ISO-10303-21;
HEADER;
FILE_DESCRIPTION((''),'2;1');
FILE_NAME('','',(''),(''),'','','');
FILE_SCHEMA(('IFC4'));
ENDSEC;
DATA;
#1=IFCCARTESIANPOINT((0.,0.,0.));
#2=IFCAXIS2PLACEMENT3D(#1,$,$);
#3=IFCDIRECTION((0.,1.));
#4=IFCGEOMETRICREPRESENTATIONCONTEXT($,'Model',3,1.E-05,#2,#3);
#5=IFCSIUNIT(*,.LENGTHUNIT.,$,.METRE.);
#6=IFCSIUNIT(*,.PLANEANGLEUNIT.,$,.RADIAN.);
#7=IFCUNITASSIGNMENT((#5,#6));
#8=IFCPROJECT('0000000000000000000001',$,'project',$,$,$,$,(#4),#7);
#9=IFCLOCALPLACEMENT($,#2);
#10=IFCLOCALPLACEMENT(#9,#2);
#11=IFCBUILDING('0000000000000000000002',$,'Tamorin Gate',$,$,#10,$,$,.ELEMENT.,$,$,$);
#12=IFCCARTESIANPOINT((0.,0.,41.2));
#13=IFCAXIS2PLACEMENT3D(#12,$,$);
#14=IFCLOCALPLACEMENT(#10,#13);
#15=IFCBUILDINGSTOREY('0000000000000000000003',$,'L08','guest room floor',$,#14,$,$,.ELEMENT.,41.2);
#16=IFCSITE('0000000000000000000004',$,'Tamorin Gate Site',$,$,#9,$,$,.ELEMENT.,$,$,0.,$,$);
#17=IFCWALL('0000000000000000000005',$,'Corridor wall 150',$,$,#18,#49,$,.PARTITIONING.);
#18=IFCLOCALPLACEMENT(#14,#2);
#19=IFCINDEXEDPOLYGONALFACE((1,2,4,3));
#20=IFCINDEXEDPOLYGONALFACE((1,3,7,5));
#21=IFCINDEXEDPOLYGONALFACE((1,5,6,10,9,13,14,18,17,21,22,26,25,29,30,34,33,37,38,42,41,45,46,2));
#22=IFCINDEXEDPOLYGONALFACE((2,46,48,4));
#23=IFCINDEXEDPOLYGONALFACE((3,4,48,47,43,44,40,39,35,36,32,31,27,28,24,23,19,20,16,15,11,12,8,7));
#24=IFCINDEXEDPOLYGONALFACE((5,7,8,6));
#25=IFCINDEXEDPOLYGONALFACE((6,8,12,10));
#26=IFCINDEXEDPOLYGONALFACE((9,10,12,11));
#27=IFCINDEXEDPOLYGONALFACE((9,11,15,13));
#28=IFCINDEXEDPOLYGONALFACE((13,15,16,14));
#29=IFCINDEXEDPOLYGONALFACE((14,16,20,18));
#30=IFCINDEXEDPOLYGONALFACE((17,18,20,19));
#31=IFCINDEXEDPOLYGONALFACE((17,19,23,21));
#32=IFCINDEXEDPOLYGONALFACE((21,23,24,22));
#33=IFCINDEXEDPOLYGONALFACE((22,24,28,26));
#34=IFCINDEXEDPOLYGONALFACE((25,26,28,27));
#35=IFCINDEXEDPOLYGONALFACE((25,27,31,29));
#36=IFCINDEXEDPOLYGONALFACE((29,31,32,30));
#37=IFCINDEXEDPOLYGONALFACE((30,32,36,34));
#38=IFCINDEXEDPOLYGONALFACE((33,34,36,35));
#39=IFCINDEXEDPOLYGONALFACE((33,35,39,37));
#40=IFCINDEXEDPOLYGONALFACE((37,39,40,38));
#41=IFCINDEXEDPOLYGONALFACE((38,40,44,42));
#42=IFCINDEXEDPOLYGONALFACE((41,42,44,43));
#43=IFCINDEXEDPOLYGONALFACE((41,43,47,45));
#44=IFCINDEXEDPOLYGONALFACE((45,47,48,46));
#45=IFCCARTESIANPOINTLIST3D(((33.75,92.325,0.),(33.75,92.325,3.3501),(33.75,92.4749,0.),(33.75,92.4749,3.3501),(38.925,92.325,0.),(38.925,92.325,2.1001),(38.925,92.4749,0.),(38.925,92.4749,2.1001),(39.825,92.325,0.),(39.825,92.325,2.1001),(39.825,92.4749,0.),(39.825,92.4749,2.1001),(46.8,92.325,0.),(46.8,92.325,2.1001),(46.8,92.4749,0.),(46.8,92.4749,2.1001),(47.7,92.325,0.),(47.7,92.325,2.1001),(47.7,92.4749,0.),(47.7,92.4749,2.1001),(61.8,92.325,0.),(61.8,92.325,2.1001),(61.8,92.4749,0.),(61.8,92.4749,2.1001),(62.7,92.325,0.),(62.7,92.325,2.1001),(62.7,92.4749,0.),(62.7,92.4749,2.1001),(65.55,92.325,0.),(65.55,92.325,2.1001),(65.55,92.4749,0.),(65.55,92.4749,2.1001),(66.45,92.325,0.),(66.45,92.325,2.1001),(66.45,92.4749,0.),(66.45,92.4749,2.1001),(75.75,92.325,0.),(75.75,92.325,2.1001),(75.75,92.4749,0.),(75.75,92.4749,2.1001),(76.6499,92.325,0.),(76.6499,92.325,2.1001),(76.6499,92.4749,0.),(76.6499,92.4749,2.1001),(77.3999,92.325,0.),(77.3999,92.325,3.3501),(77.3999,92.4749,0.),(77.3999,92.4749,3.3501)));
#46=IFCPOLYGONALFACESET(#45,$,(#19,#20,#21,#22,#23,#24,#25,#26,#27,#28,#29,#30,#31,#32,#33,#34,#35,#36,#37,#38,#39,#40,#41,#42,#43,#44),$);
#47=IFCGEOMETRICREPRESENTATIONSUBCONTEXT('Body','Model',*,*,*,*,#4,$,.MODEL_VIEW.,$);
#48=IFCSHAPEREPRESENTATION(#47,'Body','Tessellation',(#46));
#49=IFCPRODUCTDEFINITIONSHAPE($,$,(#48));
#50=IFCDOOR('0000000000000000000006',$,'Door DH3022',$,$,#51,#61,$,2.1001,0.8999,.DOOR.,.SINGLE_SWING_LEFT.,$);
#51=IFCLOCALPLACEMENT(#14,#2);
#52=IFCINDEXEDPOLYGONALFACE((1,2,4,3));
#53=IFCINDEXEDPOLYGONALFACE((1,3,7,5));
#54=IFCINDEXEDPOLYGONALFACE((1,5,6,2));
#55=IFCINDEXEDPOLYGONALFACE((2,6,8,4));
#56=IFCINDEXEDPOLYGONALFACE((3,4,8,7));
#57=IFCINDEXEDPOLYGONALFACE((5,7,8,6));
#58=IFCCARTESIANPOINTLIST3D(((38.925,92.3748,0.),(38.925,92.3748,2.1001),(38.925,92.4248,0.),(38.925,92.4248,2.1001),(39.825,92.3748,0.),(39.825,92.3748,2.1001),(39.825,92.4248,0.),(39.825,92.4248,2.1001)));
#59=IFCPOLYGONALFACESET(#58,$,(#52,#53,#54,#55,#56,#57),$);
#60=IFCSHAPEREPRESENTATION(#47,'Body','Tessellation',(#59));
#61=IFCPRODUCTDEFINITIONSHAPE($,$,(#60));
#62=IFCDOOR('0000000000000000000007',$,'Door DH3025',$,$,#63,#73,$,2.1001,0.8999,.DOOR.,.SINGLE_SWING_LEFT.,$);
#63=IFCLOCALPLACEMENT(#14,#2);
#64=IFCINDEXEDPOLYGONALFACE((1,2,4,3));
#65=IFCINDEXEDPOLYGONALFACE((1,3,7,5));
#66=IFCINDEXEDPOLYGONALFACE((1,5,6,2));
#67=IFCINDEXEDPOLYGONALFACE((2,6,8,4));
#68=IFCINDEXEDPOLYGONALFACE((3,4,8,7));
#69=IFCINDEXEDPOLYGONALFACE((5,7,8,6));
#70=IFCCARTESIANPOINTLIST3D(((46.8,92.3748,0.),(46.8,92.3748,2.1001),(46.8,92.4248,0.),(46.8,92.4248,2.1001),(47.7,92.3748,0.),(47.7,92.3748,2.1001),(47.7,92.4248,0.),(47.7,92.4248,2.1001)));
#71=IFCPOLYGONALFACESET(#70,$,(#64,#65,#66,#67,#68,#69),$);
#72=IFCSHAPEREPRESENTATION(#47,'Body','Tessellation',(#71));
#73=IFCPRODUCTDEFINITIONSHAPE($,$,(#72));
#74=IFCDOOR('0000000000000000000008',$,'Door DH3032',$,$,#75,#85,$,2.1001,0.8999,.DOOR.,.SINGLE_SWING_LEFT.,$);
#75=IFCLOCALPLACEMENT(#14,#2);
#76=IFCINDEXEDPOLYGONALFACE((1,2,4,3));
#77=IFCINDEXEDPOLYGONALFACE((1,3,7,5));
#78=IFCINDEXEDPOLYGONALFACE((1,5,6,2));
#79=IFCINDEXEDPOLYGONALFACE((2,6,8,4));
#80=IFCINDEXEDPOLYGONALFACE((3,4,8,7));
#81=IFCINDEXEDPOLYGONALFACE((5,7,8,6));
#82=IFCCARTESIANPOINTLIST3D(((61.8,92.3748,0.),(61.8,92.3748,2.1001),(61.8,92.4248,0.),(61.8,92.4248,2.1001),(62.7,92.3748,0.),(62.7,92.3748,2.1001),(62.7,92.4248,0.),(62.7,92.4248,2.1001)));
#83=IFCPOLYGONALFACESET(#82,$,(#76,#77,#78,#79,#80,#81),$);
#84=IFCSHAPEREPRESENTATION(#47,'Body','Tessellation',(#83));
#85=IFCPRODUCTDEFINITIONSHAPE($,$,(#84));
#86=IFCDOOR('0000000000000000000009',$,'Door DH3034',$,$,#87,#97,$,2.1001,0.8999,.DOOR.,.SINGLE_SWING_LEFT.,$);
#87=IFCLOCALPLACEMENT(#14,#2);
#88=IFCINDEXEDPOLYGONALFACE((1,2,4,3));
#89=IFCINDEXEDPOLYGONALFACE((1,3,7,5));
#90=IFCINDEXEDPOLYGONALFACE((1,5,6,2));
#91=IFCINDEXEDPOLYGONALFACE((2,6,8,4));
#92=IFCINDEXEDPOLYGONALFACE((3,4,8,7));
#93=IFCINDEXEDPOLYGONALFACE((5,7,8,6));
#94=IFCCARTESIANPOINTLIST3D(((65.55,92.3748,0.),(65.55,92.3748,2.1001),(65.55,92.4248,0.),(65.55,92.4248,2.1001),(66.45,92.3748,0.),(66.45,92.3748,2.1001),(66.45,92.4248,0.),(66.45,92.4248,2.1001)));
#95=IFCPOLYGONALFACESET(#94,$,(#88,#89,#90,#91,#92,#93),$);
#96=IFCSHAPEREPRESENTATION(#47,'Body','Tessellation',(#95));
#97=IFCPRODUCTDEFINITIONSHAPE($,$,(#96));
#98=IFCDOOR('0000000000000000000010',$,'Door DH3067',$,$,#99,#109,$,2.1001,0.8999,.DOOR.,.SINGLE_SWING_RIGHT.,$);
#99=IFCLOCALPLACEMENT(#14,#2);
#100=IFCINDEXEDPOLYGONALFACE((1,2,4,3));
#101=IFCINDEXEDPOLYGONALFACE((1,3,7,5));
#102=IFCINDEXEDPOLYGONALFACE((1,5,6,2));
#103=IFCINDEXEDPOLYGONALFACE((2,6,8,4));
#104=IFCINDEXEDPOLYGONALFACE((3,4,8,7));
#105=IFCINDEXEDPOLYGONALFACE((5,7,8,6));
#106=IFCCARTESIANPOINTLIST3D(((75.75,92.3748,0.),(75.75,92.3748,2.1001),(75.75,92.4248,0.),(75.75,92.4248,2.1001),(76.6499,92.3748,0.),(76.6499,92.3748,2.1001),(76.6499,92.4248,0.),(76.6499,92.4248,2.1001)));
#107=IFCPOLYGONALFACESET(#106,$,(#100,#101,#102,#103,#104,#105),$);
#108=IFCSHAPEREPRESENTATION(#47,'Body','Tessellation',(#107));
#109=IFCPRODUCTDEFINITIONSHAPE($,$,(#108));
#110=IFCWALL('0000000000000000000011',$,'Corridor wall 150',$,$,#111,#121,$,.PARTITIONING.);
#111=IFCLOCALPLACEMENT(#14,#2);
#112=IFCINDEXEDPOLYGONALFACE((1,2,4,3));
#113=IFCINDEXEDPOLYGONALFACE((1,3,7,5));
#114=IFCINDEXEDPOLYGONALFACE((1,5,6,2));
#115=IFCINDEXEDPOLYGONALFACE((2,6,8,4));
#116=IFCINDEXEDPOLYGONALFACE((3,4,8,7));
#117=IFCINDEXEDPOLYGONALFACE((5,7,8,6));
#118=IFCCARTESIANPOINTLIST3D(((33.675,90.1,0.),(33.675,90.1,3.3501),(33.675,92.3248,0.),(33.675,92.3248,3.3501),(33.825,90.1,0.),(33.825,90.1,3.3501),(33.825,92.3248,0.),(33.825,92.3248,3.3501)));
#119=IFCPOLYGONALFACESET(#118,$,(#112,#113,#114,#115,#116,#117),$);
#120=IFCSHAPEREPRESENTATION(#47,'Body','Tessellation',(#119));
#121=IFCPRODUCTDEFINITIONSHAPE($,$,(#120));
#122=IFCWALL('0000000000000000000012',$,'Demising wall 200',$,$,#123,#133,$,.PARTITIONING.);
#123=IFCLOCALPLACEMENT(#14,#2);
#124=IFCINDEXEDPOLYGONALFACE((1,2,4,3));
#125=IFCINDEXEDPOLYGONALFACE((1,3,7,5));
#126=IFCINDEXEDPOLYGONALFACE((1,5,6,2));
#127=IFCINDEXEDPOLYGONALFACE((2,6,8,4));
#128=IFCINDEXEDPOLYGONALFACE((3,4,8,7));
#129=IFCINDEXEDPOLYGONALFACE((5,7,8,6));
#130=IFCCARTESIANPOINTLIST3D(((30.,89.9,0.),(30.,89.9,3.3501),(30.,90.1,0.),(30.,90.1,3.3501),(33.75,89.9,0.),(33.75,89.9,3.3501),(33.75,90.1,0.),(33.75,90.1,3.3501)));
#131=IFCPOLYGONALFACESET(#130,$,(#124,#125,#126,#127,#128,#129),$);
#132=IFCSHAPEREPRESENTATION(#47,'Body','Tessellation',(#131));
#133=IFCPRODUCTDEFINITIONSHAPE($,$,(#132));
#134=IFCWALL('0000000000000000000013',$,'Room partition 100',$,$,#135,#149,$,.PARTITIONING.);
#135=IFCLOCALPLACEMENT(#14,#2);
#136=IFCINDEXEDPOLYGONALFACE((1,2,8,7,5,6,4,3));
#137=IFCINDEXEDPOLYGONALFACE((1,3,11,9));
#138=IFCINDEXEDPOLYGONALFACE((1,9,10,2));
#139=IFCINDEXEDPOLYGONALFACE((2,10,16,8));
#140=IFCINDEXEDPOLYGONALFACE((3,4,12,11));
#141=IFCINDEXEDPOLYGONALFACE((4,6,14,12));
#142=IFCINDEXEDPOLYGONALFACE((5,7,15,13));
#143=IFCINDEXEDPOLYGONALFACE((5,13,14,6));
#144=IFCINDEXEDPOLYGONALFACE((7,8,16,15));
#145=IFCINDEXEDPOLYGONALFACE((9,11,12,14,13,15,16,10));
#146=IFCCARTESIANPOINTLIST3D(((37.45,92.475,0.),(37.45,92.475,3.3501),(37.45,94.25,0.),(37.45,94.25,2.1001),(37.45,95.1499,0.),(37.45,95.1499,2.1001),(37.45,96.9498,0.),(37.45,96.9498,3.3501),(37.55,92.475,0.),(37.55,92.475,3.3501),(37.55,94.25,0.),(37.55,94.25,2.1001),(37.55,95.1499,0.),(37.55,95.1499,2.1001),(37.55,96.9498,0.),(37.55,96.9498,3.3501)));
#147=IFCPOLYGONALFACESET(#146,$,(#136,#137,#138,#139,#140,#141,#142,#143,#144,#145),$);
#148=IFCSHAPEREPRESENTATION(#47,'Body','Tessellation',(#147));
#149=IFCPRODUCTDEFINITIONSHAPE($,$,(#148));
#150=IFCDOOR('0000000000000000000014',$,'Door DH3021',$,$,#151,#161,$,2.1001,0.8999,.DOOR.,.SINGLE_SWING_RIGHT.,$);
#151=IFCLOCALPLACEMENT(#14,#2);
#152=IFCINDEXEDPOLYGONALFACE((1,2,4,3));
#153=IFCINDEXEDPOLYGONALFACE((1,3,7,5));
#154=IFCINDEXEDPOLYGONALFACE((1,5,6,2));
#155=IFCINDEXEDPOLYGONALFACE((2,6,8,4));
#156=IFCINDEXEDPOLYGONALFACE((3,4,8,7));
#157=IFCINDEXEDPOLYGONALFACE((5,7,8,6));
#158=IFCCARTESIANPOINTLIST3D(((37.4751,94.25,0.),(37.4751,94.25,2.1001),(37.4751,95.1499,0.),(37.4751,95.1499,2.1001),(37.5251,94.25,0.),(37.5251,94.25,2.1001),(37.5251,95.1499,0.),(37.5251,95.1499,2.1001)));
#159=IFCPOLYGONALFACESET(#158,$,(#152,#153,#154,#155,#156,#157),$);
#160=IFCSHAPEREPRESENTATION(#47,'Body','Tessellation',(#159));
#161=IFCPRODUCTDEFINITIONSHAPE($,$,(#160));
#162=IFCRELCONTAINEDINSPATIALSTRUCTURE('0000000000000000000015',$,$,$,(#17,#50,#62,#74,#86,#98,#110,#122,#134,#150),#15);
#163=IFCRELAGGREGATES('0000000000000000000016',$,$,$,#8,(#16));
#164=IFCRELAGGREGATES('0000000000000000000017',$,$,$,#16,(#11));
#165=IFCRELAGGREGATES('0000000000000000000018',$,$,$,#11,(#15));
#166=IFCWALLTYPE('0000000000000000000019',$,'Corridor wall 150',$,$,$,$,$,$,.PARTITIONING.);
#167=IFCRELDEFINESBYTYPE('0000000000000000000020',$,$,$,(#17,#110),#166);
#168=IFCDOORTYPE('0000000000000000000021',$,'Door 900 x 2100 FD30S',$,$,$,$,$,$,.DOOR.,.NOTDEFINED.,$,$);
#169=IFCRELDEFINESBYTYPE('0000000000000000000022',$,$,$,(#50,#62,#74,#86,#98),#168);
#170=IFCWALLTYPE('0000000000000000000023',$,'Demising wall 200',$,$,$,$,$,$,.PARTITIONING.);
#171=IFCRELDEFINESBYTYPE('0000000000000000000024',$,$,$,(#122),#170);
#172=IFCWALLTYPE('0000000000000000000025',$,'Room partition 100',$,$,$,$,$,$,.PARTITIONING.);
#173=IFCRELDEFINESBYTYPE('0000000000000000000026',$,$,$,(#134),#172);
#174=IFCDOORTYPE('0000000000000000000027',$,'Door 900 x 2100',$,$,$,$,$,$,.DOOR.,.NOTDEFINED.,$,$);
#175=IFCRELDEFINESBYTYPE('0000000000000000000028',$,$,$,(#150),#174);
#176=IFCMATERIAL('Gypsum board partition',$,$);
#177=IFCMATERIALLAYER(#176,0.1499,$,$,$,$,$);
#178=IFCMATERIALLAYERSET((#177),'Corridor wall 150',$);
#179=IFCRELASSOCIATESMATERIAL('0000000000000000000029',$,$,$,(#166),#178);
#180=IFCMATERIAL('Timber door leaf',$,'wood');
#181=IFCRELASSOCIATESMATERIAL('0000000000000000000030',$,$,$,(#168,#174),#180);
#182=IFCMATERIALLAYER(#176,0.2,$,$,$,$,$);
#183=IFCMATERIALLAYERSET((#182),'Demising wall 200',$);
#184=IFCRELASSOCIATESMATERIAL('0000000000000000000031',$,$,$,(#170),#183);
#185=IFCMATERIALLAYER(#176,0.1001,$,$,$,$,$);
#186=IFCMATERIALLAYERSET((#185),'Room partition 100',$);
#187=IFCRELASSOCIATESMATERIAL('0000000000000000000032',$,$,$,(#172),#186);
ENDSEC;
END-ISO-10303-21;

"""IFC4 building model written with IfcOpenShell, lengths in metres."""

from ifc_helpers import new_model, si_unit, direction, frame, frame_2d, origin, place, context, subcontext, project, spatial, rectangle, extrude, material, layer, layer_set, type_object, element, fill, save


model = new_model("IFC4")

# Units and contexts
model_context = context("Model", 3, precision=1e-05, world=origin(), true_north=direction((0.0, 1.0)))
body_context = subcontext(model_context, "Body", "Model", "MODEL_VIEW")
ifc_project = project(units=[si_unit("LENGTHUNIT", "METRE"), si_unit("PLANEANGLEUNIT", "RADIAN")], contexts=[model_context])

# Site, building, storey
site_placement = place(None, origin())
site = spatial("IfcSite", under=ifc_project, at=site_placement, Name="Tamorin Gate Site", CompositionType="ELEMENT", RefElevation=0.0)
building_placement = place(site_placement, origin())
building = spatial("IfcBuilding", under=site, at=building_placement, Name="Tamorin Gate", CompositionType="ELEMENT")
storey_placement = place(building_placement, frame((0.0, 0.0, 41.2)))
storey = spatial("IfcBuildingStorey", under=building, at=storey_placement, Name="L08", Description="guest room floor", CompositionType="ELEMENT", Elevation=41.2)

# Wall, openings, doors
ifc_material_1 = material(Name="Gypsum board partition")
ifc_layer_1 = layer(ifc_material_1, 0.1499)
ifc_layer_set_1 = layer_set([ifc_layer_1], Name="Corridor wall 150")
wall_type_1 = type_object("IfcWallType", Name="Corridor wall 150", PredefinedType="PARTITIONING", material=ifc_layer_set_1)
ifc_material_2 = material(Name="Timber door leaf", Category="wood")
door_type_1 = type_object("IfcDoorType", Name="Door 900 x 2100 FD30S", OperationType="NOTDEFINED", PredefinedType="DOOR", material=ifc_material_2)
wall_1_placement = place(storey_placement, frame((33.75, 92.3999, 0.0), z_axis=(0.0, 0.0, 1.0), x_axis=(1.0, 0.0, 0.0)))
wall_1 = element("IfcWall", 1, at=wall_1_placement, inside=storey, type_object=wall_type_1, Name="Corridor wall 150", PredefinedType="PARTITIONING", context=body_context, shape_type="SweptSolid", body=[
    extrude(rectangle(XDim=43.6499, YDim=0.1499, at=frame_2d((21.825, 0.0))), origin(), (0.0, 0.0, 1.0), 3.3501),
])
opening_1_placement = place(wall_1_placement, frame((5.175, 0.0, 0.0)))
opening_1 = element("IfcOpeningElement", 2, at=opening_1_placement, cuts=wall_1, PredefinedType="OPENING", context=body_context, shape_type="SweptSolid", body=[
    extrude(rectangle(XDim=0.8999, YDim=2.1001, at=frame_2d((0.45, 1.05))), frame((0.0, 0.085, 0.0), z_axis=(0.0, -1.0, 0.0), x_axis=(1.0, 0.0, 0.0)), (0.0, 0.0, 1.0), 0.1699),
])
opening_2_placement = place(wall_1_placement, frame((13.05, 0.0, 0.0)))
opening_2 = element("IfcOpeningElement", 3, at=opening_2_placement, cuts=wall_1, PredefinedType="OPENING", context=body_context, shape_type="SweptSolid", body=[
    extrude(rectangle(XDim=0.8999, YDim=2.1001, at=frame_2d((0.45, 1.05))), frame((0.0, 0.085, 0.0), z_axis=(0.0, -1.0, 0.0), x_axis=(1.0, 0.0, 0.0)), (0.0, 0.0, 1.0), 0.1699),
])
opening_3_placement = place(wall_1_placement, frame((28.05, 0.0, 0.0)))
opening_3 = element("IfcOpeningElement", 4, at=opening_3_placement, cuts=wall_1, PredefinedType="OPENING", context=body_context, shape_type="SweptSolid", body=[
    extrude(rectangle(XDim=0.8999, YDim=2.1001, at=frame_2d((0.45, 1.05))), frame((0.0, 0.085, 0.0), z_axis=(0.0, -1.0, 0.0), x_axis=(1.0, 0.0, 0.0)), (0.0, 0.0, 1.0), 0.1699),
])
opening_4_placement = place(wall_1_placement, frame((31.8, 0.0, 0.0)))
opening_4 = element("IfcOpeningElement", 5, at=opening_4_placement, cuts=wall_1, PredefinedType="OPENING", context=body_context, shape_type="SweptSolid", body=[
    extrude(rectangle(XDim=0.8999, YDim=2.1001, at=frame_2d((0.45, 1.05))), frame((0.0, 0.085, 0.0), z_axis=(0.0, -1.0, 0.0), x_axis=(1.0, 0.0, 0.0)), (0.0, 0.0, 1.0), 0.1699),
])
opening_5_placement = place(wall_1_placement, frame((42.0, 0.0, 0.0)))
opening_5 = element("IfcOpeningElement", 6, at=opening_5_placement, cuts=wall_1, PredefinedType="OPENING", context=body_context, shape_type="SweptSolid", body=[
    extrude(rectangle(XDim=0.8999, YDim=2.1001, at=frame_2d((0.45, 1.05))), frame((0.0, 0.085, 0.0), z_axis=(0.0, -1.0, 0.0), x_axis=(1.0, 0.0, 0.0)), (0.0, 0.0, 1.0), 0.1699),
])
door_1_placement = place(opening_1_placement, origin())
door_1 = element("IfcDoor", 7, at=door_1_placement, inside=storey, type_object=door_type_1, Name="Door DH3022", OperationType="SINGLE_SWING_LEFT", OverallHeight=2.1001, OverallWidth=0.8999, PredefinedType="DOOR", context=body_context, shape_type="SweptSolid", body=[
    extrude(rectangle(XDim=0.8999, YDim=2.1001, at=frame_2d((0.45, 1.05))), frame((0.0, 0.0249, 0.0), z_axis=(0.0, -1.0, 0.0), x_axis=(1.0, 0.0, 0.0)), (0.0, 0.0, 1.0), 0.05),
])
fill(opening_1, door_1)
door_2_placement = place(opening_2_placement, origin())
door_2 = element("IfcDoor", 8, at=door_2_placement, inside=storey, type_object=door_type_1, Name="Door DH3025", OperationType="SINGLE_SWING_LEFT", OverallHeight=2.1001, OverallWidth=0.8999, PredefinedType="DOOR", context=body_context, shape_type="SweptSolid", body=[
    extrude(rectangle(XDim=0.8999, YDim=2.1001, at=frame_2d((0.45, 1.05))), frame((0.0, 0.0249, 0.0), z_axis=(0.0, -1.0, 0.0), x_axis=(1.0, 0.0, 0.0)), (0.0, 0.0, 1.0), 0.05),
])
fill(opening_2, door_2)
door_3_placement = place(opening_3_placement, origin())
door_3 = element("IfcDoor", 9, at=door_3_placement, inside=storey, type_object=door_type_1, Name="Door DH3032", OperationType="SINGLE_SWING_LEFT", OverallHeight=2.1001, OverallWidth=0.8999, PredefinedType="DOOR", context=body_context, shape_type="SweptSolid", body=[
    extrude(rectangle(XDim=0.8999, YDim=2.1001, at=frame_2d((0.45, 1.05))), frame((0.0, 0.0249, 0.0), z_axis=(0.0, -1.0, 0.0), x_axis=(1.0, 0.0, 0.0)), (0.0, 0.0, 1.0), 0.05),
])
fill(opening_3, door_3)
door_4_placement = place(opening_4_placement, origin())
door_4 = element("IfcDoor", 10, at=door_4_placement, inside=storey, type_object=door_type_1, Name="Door DH3034", OperationType="SINGLE_SWING_LEFT", OverallHeight=2.1001, OverallWidth=0.8999, PredefinedType="DOOR", context=body_context, shape_type="SweptSolid", body=[
    extrude(rectangle(XDim=0.8999, YDim=2.1001, at=frame_2d((0.45, 1.05))), frame((0.0, 0.0249, 0.0), z_axis=(0.0, -1.0, 0.0), x_axis=(1.0, 0.0, 0.0)), (0.0, 0.0, 1.0), 0.05),
])
fill(opening_4, door_4)
door_5_placement = place(opening_5_placement, origin())
door_5 = element("IfcDoor", 11, at=door_5_placement, inside=storey, type_object=door_type_1, Name="Door DH3067", OperationType="SINGLE_SWING_RIGHT", OverallHeight=2.1001, OverallWidth=0.8999, PredefinedType="DOOR", context=body_context, shape_type="SweptSolid", body=[
    extrude(rectangle(XDim=0.8999, YDim=2.1001, at=frame_2d((0.45, 1.05))), frame((0.0, 0.0249, 0.0), z_axis=(0.0, -1.0, 0.0), x_axis=(1.0, 0.0, 0.0)), (0.0, 0.0, 1.0), 0.05),
])
fill(opening_5, door_5)

# Walls
wall_2_placement = place(storey_placement, frame((33.75, 90.1001, 0.0), z_axis=(0.0, 0.0, 1.0), x_axis=(0.0, 1.0, 0.0)))
element("IfcWall", 12, at=wall_2_placement, inside=storey, type_object=wall_type_1, Name="Corridor wall 150", PredefinedType="PARTITIONING", context=body_context, shape_type="SweptSolid", body=[
    extrude(rectangle(XDim=2.2249, YDim=0.1499, at=frame_2d((1.1123, 0.0))), origin(), (0.0, 0.0, 1.0), 3.3501),
])
ifc_layer_2 = layer(ifc_material_1, 0.2)
ifc_layer_set_2 = layer_set([ifc_layer_2], Name="Demising wall 200")
wall_type_2 = type_object("IfcWallType", Name="Demising wall 200", PredefinedType="PARTITIONING", material=ifc_layer_set_2)
wall_3_placement = place(storey_placement, frame((30.0, 90.0, 0.0), z_axis=(0.0, 0.0, 1.0), x_axis=(1.0, 0.0, 0.0)))
element("IfcWall", 13, at=wall_3_placement, inside=storey, type_object=wall_type_2, Name="Demising wall 200", PredefinedType="PARTITIONING", context=body_context, shape_type="SweptSolid", body=[
    extrude(rectangle(XDim=3.75, YDim=0.2, at=frame_2d((1.875, 0.0))), origin(), (0.0, 0.0, 1.0), 3.3501),
])

# Wall, opening, door
ifc_layer_3 = layer(ifc_material_1, 0.1001)
ifc_layer_set_3 = layer_set([ifc_layer_3], Name="Room partition 100")
wall_type_3 = type_object("IfcWallType", Name="Room partition 100", PredefinedType="PARTITIONING", material=ifc_layer_set_3)
wall_4_placement = place(storey_placement, frame((37.5, 92.4751, 0.0), z_axis=(0.0, 0.0, 1.0), x_axis=(0.0, 1.0, 0.0)))
wall_4 = element("IfcWall", 14, at=wall_4_placement, inside=storey, type_object=wall_type_3, Name="Room partition 100", PredefinedType="PARTITIONING", context=body_context, shape_type="SweptSolid", body=[
    extrude(rectangle(XDim=4.4749, YDim=0.1001, at=frame_2d((2.2373, 0.0))), origin(), (0.0, 0.0, 1.0), 3.3501),
])
opening_6_placement = place(wall_4_placement, frame((1.7749, 0.0, 0.0)))
opening_6 = element("IfcOpeningElement", 15, at=opening_6_placement, cuts=wall_4, PredefinedType="OPENING", context=body_context, shape_type="SweptSolid", body=[
    extrude(rectangle(XDim=0.8999, YDim=2.1001, at=frame_2d((0.45, 1.05))), frame((0.0, 0.0601, 0.0), z_axis=(0.0, -1.0, 0.0), x_axis=(1.0, 0.0, 0.0)), (0.0, 0.0, 1.0), 0.1201),
])
door_type_2 = type_object("IfcDoorType", Name="Door 900 x 2100", OperationType="NOTDEFINED", PredefinedType="DOOR", material=ifc_material_2)
door_6_placement = place(opening_6_placement, origin())
door_6 = element("IfcDoor", 16, at=door_6_placement, inside=storey, type_object=door_type_2, Name="Door DH3021", OperationType="SINGLE_SWING_RIGHT", OverallHeight=2.1001, OverallWidth=0.8999, PredefinedType="DOOR", context=body_context, shape_type="SweptSolid", body=[
    extrude(rectangle(XDim=0.8999, YDim=2.1001, at=frame_2d((0.45, 1.05))), frame((0.0, 0.0249, 0.0), z_axis=(0.0, -1.0, 0.0), x_axis=(1.0, 0.0, 0.0)), (0.0, 0.0, 1.0), 0.05),
])
fill(opening_6, door_6)

save(model, "model.ifc")
